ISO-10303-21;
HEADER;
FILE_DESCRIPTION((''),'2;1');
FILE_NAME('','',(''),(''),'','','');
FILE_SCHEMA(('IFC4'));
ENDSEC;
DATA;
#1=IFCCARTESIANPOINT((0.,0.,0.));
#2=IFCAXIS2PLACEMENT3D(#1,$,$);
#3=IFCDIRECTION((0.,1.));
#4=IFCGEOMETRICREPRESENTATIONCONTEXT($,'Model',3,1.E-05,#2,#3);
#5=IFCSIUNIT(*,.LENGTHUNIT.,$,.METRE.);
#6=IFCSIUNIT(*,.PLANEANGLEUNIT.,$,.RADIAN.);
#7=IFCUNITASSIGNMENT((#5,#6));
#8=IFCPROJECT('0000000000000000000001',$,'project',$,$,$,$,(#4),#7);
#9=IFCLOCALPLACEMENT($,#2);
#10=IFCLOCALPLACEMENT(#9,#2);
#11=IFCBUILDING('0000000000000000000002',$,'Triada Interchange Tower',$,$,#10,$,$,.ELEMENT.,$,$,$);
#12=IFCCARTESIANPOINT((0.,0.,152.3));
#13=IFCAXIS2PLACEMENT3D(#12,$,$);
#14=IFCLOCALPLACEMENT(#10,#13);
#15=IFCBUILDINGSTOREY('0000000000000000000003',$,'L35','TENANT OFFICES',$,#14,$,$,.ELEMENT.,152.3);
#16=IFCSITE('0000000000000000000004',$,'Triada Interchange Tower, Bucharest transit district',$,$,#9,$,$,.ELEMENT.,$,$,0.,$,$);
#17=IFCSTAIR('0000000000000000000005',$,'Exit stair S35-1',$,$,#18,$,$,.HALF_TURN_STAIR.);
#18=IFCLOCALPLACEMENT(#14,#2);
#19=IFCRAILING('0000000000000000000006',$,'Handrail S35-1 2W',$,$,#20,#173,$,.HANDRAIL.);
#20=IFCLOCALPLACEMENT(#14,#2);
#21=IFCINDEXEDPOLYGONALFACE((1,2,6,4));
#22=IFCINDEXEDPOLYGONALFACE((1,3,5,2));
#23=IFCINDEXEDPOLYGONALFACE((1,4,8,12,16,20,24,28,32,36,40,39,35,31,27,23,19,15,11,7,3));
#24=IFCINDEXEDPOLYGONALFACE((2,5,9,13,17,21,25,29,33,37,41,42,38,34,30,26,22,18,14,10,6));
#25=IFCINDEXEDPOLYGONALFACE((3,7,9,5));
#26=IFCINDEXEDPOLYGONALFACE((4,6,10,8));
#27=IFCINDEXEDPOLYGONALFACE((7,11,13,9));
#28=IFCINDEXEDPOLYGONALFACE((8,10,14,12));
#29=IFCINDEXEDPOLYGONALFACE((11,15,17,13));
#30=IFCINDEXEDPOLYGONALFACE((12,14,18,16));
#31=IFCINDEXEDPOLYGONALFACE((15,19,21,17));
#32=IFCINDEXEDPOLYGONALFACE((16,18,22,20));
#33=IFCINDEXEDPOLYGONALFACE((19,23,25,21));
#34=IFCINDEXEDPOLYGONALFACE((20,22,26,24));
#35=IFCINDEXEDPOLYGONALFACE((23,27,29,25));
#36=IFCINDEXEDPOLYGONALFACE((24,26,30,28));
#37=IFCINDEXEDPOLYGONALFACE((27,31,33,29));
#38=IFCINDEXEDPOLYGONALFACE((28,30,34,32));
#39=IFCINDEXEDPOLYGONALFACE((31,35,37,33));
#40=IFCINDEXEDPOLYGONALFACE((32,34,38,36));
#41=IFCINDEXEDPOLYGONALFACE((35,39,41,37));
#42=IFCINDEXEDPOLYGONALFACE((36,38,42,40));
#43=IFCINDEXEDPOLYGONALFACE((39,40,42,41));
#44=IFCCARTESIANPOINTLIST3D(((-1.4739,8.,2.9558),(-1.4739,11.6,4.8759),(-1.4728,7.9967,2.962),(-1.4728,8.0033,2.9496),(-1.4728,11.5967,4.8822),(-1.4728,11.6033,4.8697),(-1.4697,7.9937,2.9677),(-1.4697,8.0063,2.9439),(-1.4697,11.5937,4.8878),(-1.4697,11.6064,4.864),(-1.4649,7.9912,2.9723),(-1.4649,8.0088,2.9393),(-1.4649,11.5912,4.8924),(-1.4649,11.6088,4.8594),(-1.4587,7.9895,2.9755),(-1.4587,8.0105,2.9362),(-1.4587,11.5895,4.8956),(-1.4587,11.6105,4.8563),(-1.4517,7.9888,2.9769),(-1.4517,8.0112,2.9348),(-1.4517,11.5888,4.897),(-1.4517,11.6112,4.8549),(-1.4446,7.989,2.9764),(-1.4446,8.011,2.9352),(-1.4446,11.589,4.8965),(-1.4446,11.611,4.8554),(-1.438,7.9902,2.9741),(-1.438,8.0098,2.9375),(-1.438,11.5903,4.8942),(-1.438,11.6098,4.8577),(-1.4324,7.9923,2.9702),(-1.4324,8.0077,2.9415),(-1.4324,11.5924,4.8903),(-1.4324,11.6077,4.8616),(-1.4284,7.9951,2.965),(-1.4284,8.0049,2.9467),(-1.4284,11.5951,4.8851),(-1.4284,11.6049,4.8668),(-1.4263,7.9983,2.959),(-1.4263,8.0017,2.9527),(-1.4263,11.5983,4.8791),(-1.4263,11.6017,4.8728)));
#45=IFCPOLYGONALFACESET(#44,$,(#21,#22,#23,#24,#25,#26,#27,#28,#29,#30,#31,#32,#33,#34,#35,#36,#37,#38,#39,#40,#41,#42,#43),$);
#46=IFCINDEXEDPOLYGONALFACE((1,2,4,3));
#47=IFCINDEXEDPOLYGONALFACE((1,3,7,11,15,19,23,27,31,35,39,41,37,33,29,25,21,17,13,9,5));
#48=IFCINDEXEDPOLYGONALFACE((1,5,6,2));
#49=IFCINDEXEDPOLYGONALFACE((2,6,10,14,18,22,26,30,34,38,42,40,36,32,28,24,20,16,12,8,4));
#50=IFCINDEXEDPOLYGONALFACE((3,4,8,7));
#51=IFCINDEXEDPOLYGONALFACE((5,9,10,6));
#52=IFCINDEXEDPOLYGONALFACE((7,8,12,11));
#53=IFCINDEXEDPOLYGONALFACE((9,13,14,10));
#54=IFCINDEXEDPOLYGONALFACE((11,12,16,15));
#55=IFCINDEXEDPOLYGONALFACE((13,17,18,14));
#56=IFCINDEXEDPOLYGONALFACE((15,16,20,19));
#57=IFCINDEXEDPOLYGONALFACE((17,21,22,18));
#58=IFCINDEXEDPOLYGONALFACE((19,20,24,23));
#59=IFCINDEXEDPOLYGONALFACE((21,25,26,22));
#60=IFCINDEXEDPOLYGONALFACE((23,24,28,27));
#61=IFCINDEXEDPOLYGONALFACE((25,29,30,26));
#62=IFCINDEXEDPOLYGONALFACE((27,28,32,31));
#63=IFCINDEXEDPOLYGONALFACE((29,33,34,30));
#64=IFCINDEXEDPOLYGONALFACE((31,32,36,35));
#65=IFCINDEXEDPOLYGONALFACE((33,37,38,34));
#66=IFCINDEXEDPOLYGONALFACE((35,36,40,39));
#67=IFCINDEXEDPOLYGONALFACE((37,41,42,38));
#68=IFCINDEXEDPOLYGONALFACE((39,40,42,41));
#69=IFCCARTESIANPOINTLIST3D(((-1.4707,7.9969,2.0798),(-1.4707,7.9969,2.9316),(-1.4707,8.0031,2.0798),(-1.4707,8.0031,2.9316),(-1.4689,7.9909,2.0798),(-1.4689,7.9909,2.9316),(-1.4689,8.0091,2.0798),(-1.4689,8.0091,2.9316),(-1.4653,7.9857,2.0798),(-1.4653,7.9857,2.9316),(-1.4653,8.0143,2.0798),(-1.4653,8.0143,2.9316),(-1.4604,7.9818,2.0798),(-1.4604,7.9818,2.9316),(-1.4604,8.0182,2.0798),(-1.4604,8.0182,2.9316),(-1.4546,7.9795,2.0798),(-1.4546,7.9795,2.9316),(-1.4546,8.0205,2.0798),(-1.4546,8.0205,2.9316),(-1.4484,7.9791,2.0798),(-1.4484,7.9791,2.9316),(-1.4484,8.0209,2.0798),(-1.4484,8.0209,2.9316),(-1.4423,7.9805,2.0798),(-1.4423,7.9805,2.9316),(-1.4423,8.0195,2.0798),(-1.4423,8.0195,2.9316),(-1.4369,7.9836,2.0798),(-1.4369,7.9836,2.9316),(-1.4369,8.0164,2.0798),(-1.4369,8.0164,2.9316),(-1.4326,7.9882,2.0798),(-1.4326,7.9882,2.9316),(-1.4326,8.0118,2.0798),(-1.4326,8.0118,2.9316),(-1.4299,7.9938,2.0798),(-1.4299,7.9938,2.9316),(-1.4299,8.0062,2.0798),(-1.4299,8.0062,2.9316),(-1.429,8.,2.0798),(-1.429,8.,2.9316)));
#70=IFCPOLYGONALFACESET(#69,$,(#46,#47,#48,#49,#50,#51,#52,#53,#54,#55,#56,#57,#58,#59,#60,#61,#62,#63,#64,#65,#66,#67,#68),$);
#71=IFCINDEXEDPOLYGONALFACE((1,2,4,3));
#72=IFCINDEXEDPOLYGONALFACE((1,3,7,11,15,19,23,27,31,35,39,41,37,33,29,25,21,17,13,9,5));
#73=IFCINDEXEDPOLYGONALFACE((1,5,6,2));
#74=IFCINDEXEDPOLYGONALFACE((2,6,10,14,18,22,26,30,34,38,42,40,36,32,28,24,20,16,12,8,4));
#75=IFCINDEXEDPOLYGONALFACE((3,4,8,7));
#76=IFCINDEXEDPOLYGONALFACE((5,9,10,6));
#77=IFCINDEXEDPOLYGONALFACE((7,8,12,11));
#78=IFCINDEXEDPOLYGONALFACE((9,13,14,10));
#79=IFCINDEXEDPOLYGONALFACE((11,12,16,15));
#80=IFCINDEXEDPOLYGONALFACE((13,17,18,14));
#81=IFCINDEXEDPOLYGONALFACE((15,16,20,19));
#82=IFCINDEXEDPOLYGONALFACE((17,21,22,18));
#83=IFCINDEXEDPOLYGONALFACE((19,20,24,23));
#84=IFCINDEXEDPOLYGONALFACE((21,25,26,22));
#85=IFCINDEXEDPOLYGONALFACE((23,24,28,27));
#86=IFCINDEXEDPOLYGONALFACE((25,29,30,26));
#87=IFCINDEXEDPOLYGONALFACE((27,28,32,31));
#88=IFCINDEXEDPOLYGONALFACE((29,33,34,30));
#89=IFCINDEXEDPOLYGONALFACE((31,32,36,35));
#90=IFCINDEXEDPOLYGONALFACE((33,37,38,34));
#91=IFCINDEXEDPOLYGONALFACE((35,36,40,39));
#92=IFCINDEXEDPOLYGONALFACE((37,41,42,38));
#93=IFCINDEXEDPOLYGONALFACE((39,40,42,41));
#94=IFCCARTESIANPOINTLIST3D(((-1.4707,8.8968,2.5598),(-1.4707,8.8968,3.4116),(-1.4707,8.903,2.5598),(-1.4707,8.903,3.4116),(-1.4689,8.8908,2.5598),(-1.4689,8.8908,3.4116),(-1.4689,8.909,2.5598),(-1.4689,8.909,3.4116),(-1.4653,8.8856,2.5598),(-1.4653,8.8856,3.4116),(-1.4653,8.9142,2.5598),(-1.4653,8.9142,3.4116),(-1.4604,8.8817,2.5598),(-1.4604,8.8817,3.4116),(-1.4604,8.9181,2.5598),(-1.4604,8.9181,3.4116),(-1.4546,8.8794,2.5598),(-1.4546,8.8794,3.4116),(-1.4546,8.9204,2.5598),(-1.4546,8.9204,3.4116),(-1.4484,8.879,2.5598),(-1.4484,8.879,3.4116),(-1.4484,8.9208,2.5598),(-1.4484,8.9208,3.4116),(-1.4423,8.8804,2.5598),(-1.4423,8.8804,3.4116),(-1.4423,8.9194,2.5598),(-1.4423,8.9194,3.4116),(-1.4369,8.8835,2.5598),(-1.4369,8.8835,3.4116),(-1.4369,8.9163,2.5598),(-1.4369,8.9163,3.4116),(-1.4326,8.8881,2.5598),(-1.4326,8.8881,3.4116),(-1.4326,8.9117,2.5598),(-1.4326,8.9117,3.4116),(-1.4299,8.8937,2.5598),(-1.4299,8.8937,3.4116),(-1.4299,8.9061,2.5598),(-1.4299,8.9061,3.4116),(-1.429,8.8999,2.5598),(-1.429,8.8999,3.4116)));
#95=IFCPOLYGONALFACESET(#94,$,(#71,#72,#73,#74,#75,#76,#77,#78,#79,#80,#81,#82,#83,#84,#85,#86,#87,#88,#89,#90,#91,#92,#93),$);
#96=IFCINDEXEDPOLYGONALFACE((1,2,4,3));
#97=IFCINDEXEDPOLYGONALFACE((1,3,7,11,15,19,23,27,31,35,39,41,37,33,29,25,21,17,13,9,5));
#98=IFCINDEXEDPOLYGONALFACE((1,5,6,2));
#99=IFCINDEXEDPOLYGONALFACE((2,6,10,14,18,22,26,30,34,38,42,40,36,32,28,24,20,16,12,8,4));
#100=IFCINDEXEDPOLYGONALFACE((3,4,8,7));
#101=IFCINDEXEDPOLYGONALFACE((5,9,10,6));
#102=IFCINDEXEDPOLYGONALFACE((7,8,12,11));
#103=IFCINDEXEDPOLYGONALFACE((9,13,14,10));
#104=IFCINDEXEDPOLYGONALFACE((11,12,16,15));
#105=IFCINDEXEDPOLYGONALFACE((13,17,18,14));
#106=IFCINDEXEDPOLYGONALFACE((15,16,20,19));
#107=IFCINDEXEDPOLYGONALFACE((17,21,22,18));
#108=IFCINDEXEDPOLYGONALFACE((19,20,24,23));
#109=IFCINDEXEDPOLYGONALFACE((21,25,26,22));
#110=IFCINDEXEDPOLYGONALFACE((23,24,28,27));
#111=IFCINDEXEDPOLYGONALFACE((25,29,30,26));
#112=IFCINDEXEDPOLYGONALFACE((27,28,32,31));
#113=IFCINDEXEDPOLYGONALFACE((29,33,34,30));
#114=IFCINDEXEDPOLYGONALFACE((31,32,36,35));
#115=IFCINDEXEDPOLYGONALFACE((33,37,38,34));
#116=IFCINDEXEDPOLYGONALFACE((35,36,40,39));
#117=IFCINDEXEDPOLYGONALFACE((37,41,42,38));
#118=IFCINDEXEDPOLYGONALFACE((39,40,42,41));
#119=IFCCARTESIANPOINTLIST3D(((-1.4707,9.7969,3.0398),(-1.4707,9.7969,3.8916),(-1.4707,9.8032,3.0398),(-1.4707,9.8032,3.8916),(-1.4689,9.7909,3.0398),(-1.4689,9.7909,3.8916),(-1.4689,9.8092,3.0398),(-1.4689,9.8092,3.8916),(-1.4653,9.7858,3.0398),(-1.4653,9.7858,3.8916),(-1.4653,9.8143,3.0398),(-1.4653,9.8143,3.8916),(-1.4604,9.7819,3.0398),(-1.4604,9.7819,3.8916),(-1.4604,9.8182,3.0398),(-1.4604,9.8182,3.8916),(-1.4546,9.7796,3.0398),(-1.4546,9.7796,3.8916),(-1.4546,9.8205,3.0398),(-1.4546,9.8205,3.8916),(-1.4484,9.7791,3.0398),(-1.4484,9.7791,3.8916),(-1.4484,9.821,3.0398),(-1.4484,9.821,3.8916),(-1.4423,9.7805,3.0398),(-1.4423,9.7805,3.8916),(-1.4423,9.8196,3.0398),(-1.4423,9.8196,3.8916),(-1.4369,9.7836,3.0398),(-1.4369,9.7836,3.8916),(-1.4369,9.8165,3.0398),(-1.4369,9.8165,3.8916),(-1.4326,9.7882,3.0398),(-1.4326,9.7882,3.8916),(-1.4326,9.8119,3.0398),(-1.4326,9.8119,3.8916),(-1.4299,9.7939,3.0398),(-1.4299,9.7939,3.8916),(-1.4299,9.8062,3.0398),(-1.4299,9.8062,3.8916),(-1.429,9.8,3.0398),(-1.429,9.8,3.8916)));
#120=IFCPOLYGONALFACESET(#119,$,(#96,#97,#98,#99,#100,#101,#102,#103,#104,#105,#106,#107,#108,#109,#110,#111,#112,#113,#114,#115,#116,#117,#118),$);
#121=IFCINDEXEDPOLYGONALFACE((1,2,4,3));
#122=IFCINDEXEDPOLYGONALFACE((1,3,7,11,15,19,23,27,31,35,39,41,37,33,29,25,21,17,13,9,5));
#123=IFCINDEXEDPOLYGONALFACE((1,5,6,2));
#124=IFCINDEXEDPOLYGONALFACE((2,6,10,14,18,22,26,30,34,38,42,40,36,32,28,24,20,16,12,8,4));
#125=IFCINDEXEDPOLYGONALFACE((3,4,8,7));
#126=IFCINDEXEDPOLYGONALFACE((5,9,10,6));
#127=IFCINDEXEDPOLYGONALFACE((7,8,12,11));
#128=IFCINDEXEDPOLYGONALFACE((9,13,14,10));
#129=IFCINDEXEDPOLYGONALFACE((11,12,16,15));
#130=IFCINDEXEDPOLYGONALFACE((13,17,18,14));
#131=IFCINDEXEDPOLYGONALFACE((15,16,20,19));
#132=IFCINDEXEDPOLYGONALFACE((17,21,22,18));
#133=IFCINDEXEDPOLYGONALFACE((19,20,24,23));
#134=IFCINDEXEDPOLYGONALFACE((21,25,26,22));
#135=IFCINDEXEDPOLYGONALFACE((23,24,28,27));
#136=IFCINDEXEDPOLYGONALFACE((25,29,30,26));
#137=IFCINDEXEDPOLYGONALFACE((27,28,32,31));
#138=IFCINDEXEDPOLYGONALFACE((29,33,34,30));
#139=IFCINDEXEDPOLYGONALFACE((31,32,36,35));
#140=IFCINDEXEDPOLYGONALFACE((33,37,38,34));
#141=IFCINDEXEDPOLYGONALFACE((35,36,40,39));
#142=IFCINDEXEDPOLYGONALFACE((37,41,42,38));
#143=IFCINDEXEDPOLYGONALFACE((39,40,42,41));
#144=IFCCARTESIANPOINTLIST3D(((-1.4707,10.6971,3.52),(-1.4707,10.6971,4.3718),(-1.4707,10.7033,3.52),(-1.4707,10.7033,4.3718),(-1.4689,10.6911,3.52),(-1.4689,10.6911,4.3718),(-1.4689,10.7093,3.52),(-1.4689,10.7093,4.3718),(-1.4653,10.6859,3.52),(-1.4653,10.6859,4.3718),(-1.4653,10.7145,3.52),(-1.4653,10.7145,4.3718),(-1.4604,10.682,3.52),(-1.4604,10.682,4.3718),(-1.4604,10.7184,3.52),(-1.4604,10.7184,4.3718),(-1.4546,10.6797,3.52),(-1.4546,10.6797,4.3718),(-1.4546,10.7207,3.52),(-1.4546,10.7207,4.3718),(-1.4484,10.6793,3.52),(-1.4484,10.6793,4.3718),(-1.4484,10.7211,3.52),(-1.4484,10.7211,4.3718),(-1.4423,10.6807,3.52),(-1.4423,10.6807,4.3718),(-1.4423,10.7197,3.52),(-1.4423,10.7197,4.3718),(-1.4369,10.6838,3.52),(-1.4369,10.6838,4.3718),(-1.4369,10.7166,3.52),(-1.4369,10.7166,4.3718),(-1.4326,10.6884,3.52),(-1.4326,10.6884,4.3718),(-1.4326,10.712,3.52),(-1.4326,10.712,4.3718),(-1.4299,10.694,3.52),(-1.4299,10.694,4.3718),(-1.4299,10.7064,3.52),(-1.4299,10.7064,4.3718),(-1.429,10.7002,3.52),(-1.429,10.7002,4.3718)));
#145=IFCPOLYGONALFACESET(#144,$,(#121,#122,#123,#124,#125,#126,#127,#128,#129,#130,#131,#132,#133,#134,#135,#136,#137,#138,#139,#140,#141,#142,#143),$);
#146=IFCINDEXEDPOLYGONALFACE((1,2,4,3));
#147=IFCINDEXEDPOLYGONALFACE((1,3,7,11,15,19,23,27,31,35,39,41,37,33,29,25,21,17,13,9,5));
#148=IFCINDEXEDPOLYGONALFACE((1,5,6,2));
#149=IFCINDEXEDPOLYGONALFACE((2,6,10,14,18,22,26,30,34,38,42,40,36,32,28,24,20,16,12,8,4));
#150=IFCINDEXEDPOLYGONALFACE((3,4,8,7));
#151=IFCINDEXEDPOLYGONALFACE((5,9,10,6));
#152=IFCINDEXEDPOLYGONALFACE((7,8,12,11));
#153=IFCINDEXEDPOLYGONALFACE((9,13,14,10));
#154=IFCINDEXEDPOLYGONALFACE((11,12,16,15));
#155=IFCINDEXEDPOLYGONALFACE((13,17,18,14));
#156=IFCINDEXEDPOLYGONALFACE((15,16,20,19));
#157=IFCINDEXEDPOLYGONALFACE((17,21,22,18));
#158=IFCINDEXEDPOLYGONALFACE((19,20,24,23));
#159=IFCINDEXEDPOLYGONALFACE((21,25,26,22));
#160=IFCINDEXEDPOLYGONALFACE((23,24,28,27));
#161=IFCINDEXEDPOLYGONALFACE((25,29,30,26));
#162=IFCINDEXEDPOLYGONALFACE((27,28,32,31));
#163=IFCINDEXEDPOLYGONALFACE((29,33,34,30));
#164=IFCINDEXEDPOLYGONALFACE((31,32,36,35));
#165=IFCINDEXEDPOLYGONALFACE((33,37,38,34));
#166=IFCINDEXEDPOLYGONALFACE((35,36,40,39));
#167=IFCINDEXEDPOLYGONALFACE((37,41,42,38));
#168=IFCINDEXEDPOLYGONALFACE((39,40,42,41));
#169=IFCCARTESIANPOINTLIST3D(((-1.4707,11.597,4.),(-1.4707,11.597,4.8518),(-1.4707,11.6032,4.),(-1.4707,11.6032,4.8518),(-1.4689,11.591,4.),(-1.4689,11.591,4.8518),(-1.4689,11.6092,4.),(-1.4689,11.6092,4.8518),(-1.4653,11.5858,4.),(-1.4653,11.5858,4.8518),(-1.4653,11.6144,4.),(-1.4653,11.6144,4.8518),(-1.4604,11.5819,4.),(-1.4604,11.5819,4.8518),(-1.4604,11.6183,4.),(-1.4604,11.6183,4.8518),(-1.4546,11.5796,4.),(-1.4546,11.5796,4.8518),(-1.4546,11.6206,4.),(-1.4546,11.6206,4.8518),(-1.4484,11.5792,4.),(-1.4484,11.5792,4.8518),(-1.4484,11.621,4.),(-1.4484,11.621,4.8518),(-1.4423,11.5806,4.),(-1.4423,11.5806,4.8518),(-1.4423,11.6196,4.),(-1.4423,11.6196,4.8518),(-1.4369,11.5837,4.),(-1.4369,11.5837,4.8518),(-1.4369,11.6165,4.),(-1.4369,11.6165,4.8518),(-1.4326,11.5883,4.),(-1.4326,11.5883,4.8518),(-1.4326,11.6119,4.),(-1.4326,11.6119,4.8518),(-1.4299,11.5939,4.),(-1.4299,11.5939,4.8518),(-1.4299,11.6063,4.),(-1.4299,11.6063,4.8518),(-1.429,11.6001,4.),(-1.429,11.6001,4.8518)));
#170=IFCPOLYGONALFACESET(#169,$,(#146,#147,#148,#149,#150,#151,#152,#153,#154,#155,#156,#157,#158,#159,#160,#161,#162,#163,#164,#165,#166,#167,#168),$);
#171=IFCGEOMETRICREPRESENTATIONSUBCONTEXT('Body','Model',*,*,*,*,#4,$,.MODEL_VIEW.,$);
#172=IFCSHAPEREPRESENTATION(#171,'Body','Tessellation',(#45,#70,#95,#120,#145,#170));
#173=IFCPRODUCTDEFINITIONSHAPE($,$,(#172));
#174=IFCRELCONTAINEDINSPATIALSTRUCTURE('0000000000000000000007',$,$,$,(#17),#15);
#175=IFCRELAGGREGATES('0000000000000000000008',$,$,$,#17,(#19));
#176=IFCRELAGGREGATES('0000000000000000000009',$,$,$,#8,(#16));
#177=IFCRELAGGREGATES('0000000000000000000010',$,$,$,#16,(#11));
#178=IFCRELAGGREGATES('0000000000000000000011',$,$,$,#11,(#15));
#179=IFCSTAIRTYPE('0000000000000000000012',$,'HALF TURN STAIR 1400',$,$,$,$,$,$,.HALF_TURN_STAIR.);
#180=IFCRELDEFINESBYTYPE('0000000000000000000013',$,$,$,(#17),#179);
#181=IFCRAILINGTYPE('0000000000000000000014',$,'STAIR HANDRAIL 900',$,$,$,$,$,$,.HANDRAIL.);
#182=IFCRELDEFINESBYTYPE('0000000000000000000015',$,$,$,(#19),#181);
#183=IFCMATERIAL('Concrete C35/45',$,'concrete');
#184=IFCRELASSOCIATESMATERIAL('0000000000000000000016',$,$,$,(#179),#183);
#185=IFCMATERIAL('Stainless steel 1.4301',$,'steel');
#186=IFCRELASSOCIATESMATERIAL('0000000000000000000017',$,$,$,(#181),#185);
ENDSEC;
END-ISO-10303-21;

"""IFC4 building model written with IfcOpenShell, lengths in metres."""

from ifc_helpers import new_model, si_unit, direction, frame, origin, origin_2d, place, context, subcontext, project, spatial, circle, extrude, material, type_object, element, aggregate, save


model = new_model("IFC4")

# Units and contexts
model_context = context("Model", 3, precision=1e-05, world=origin(), true_north=direction((0.0, 1.0)))
body_context = subcontext(model_context, "Body", "Model", "MODEL_VIEW")
ifc_project = project(units=[si_unit("LENGTHUNIT", "METRE"), si_unit("PLANEANGLEUNIT", "RADIAN")], contexts=[model_context])

# Site, building, storey
site_placement = place(None, origin())
site = spatial("IfcSite", under=ifc_project, at=site_placement, Name="Triada Interchange Tower, Bucharest transit district", CompositionType="ELEMENT", RefElevation=0.0)
building_placement = place(site_placement, origin())
building = spatial("IfcBuilding", under=site, at=building_placement, Name="Triada Interchange Tower", CompositionType="ELEMENT")
storey_placement = place(building_placement, frame((0.0, 0.0, 152.3)))
storey = spatial("IfcBuildingStorey", under=building, at=storey_placement, Name="L35", Description="TENANT OFFICES", CompositionType="ELEMENT", Elevation=152.3)

# Stair, railing
ifc_material_1 = material(Name="Concrete C35/45", Category="concrete")
stair_type = type_object("IfcStairType", Name="HALF TURN STAIR 1400", PredefinedType="HALF_TURN_STAIR", material=ifc_material_1)
stair_placement = place(storey_placement, origin())
stair = element("IfcStair", 1, at=stair_placement, inside=storey, type_object=stair_type, Name="Exit stair S35-1", PredefinedType="HALF_TURN_STAIR")
ifc_material_2 = material(Name="Stainless steel 1.4301", Category="steel")
railing_type = type_object("IfcRailingType", Name="STAIR HANDRAIL 900", PredefinedType="HANDRAIL", material=ifc_material_2)
railing_placement = place(storey_placement, frame((-1.45, 8.0, 2.0798)))
railing = element("IfcRailing", 2, at=railing_placement, type_object=railing_type, Name="Handrail S35-1 2W", PredefinedType="HANDRAIL", context=body_context, shape_type="SweptSolid", body=[
    extrude(circle(Radius=0.0239, at=origin_2d()), frame((0.0, 0.0, 0.876), z_axis=(0.0, 0.882341, 0.47061), x_axis=(-1.0, 0.0, 0.0)), (0.0, 0.0, 1.0), 4.0801),
    extrude(circle(Radius=0.021, at=origin_2d()), origin(), (0.0, 0.0, 1.0), 0.8518),
    extrude(circle(Radius=0.021, at=origin_2d()), frame((0.0, 0.8999, 0.48)), (0.0, 0.0, 1.0), 0.8518),
    extrude(circle(Radius=0.021, at=origin_2d()), frame((0.0, 1.8, 0.96)), (0.0, 0.0, 1.0), 0.8518),
    extrude(circle(Radius=0.021, at=origin_2d()), frame((0.0, 2.7002, 1.4402)), (0.0, 0.0, 1.0), 0.8518),
    extrude(circle(Radius=0.021, at=origin_2d()), frame((0.0, 3.6001, 1.9202)), (0.0, 0.0, 1.0), 0.8518),
])
aggregate(stair, [railing])

save(model, "model.ifc")
